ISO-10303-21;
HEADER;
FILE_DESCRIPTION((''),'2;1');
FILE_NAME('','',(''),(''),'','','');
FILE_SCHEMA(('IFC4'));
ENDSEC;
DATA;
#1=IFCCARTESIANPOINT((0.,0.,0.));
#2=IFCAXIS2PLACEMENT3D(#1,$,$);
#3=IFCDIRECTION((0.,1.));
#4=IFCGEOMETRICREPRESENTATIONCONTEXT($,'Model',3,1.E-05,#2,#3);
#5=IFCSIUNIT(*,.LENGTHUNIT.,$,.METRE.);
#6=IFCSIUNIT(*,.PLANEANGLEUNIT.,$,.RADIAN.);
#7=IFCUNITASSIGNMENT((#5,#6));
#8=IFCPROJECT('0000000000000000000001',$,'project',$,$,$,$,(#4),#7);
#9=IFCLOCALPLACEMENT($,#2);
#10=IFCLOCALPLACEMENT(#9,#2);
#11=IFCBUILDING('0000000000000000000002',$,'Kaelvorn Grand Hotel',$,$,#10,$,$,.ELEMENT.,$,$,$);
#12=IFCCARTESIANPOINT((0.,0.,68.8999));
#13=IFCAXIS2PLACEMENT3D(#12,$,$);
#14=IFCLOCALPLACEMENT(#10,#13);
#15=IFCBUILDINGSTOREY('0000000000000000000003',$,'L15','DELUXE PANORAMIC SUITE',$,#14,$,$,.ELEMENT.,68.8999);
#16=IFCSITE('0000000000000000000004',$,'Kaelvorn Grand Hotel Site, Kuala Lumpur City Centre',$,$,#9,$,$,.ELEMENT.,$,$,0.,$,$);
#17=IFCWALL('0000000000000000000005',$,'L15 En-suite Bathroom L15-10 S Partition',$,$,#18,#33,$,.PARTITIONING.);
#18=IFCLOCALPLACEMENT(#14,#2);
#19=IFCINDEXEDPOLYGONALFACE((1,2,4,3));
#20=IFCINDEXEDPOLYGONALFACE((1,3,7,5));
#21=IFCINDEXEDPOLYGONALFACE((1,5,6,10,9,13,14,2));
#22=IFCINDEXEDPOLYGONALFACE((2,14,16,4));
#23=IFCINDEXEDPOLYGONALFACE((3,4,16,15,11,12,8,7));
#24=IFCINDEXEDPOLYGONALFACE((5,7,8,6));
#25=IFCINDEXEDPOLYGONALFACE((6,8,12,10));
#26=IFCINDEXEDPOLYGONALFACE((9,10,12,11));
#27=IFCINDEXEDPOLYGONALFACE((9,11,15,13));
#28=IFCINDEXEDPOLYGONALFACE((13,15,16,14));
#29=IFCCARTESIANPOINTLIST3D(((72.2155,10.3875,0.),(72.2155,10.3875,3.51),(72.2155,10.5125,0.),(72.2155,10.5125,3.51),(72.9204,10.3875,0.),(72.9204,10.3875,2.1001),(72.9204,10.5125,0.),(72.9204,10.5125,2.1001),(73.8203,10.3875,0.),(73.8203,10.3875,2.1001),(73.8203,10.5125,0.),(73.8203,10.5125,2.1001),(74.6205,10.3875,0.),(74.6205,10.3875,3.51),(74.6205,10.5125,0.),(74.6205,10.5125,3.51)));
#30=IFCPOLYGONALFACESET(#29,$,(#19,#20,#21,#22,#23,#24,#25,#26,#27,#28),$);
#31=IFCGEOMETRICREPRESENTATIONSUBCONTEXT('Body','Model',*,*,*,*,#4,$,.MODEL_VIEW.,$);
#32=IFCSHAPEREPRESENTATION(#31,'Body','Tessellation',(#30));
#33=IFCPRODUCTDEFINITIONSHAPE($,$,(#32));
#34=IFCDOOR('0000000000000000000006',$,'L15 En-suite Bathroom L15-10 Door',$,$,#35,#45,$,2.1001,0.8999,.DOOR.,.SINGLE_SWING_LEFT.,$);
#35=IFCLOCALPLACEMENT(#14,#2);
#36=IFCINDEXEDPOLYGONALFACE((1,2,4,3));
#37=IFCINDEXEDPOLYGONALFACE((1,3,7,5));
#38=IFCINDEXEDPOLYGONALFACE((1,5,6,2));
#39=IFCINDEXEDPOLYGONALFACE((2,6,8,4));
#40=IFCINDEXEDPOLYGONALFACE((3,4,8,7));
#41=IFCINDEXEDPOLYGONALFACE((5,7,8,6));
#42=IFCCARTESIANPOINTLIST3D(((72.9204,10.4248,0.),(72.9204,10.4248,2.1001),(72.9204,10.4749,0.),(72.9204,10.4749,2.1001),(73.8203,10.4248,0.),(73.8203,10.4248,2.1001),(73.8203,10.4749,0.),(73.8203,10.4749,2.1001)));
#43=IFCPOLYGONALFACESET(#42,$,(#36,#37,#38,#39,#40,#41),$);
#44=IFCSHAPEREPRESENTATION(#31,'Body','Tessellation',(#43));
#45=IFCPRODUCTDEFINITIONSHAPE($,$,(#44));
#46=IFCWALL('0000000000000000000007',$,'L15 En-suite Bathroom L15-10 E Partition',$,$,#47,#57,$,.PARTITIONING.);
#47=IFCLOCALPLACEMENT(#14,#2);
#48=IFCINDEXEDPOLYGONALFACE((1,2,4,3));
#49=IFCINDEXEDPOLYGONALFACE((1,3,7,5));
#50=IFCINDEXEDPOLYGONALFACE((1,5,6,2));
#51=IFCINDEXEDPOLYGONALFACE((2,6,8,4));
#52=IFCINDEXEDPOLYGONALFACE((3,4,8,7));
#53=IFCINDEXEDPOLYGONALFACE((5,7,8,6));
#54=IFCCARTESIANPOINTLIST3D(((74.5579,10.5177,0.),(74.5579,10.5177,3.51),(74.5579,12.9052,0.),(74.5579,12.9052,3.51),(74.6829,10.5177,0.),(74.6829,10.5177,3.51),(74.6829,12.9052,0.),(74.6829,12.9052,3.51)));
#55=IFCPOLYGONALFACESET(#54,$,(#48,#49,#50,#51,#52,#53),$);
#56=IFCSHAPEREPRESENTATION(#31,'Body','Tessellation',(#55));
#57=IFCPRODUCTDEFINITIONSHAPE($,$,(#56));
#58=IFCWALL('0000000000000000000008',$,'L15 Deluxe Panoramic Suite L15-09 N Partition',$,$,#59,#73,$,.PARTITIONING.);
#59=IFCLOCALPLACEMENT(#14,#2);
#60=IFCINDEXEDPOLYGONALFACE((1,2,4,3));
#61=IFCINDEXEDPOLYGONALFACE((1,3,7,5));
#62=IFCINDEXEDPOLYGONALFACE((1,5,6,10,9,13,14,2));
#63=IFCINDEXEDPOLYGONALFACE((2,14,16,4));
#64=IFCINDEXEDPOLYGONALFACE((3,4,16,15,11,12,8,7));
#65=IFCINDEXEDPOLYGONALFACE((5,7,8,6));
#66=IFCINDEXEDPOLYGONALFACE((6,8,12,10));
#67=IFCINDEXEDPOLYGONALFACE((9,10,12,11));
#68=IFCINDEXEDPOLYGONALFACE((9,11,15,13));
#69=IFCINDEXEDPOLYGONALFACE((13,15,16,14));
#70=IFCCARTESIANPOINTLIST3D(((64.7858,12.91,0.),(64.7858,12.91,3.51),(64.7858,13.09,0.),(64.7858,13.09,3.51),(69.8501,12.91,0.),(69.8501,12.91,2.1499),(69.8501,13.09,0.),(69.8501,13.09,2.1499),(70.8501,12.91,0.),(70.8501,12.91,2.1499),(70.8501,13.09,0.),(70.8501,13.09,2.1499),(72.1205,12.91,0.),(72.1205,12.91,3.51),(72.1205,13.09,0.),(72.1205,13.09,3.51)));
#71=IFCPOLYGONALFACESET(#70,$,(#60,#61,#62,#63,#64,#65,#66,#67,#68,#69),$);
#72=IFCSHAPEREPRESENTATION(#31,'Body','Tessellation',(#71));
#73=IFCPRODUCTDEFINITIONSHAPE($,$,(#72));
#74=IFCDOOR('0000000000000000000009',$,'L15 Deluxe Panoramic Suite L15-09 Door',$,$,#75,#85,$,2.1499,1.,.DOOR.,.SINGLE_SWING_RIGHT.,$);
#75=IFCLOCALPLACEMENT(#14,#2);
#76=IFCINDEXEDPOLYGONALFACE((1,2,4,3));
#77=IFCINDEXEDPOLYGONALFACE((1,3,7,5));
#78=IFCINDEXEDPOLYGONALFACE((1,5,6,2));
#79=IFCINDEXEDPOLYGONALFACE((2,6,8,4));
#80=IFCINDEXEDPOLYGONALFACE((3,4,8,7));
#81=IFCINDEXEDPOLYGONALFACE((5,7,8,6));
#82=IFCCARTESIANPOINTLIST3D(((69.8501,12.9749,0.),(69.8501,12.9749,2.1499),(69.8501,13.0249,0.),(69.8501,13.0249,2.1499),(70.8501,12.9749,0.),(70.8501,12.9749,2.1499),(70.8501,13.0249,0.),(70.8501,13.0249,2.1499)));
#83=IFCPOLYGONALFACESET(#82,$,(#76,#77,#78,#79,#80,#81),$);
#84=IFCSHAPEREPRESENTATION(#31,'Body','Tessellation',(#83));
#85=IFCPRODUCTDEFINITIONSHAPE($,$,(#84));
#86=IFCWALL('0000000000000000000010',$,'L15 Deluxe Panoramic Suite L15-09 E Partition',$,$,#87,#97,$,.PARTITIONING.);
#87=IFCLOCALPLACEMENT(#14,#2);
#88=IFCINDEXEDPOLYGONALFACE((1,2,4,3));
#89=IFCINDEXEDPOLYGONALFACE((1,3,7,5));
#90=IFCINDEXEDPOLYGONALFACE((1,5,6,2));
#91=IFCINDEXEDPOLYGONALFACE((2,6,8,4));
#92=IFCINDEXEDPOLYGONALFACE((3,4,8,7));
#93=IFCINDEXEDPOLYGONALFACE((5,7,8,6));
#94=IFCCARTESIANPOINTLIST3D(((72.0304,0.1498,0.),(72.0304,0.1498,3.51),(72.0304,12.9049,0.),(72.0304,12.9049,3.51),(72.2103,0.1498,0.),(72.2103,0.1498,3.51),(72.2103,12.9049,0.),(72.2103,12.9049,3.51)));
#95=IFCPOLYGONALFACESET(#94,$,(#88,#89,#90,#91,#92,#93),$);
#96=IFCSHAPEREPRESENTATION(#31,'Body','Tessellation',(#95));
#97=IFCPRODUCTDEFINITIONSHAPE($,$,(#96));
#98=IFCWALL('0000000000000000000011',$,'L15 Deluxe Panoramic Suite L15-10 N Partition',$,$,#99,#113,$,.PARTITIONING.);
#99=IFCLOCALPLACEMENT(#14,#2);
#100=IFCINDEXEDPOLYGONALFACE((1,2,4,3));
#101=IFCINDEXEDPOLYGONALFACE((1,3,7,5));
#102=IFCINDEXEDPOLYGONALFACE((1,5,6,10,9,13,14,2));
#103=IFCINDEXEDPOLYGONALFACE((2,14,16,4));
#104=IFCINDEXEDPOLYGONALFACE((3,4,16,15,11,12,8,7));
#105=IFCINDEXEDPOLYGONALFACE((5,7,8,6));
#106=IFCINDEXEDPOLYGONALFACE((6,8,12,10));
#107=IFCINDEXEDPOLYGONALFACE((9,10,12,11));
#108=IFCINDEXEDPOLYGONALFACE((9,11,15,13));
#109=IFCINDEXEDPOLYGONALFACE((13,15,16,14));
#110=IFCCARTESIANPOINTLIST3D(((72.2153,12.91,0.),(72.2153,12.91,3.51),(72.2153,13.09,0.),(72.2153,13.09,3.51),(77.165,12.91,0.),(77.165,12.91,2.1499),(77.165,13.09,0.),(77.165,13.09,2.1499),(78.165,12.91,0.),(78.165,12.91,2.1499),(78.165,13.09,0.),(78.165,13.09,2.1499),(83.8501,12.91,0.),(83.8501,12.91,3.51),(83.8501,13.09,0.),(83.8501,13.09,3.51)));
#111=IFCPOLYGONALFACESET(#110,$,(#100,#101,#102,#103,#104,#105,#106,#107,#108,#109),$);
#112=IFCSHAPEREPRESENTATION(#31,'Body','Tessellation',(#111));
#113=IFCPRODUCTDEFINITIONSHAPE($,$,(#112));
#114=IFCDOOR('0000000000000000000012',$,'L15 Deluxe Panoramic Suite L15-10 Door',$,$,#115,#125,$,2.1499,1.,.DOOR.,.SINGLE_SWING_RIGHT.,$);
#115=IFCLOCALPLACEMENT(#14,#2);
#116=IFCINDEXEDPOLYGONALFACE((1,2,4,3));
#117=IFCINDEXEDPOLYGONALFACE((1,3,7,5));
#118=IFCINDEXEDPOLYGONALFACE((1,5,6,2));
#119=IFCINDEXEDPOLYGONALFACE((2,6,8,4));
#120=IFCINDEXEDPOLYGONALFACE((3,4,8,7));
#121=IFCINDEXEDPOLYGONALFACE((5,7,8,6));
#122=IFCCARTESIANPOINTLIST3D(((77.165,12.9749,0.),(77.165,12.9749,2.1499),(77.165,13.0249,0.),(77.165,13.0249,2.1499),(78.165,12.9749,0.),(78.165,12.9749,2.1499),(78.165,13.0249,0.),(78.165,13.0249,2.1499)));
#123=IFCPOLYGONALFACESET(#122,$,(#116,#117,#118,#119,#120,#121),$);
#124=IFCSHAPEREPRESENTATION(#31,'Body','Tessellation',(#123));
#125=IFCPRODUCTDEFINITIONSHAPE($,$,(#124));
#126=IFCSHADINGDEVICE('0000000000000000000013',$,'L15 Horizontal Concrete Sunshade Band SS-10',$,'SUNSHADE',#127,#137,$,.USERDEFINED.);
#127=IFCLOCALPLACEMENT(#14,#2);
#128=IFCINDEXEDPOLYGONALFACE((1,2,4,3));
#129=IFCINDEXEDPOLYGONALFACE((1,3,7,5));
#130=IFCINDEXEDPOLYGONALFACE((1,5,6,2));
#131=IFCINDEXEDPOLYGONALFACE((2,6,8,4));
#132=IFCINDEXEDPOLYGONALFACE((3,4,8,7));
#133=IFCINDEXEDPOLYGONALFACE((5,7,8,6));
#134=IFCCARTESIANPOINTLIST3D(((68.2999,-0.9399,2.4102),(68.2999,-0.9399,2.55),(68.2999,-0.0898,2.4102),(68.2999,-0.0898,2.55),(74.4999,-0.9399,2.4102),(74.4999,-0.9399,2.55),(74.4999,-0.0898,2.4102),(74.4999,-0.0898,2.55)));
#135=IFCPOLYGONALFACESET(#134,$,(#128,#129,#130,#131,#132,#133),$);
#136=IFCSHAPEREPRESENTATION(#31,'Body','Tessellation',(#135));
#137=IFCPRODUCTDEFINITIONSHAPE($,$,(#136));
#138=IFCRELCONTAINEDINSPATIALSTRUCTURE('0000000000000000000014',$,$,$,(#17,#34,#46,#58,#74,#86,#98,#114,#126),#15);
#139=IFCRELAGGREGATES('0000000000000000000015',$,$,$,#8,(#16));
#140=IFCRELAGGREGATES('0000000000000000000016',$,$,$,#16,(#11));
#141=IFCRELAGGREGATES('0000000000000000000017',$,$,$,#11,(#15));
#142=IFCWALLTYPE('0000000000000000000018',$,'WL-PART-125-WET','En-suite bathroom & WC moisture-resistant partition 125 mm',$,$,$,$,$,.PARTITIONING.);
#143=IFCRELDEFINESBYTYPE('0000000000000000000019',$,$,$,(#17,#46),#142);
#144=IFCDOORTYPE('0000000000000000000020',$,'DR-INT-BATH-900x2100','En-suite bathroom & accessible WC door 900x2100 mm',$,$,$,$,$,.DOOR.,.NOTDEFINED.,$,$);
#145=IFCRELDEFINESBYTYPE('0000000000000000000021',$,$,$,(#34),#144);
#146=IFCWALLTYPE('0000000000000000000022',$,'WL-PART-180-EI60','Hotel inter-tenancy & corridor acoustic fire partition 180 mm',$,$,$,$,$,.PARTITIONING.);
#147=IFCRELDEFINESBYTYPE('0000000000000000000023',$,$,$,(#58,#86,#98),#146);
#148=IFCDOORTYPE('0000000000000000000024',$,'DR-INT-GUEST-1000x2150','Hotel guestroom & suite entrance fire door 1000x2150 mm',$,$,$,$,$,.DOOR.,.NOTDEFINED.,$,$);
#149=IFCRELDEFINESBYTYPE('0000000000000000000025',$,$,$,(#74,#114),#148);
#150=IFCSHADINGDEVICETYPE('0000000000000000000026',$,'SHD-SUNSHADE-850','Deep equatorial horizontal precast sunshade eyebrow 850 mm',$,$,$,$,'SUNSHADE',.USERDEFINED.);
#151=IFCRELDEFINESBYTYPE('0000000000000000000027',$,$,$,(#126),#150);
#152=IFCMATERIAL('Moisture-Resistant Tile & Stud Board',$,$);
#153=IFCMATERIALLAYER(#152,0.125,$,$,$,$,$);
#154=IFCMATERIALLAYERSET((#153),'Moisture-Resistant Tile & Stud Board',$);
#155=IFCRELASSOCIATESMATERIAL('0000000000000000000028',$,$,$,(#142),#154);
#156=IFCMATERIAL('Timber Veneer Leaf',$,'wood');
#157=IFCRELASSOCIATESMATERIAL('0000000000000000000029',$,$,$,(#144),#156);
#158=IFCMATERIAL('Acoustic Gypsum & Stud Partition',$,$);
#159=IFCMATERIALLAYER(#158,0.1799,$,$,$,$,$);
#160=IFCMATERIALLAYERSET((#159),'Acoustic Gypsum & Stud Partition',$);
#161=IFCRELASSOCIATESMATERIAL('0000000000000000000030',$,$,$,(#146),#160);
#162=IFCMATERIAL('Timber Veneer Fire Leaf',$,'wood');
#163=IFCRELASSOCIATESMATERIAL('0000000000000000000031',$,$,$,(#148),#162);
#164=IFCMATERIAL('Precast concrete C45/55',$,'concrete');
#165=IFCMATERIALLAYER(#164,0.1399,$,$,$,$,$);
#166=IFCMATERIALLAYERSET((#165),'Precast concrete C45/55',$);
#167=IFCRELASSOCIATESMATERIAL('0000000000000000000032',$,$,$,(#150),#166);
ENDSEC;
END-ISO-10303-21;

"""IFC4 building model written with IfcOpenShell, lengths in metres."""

from ifc_helpers import new_model, si_unit, direction, frame, frame_2d, origin, origin_2d, place, context, subcontext, project, spatial, rectangle, extrude, material, layer, layer_set, type_object, element, fill, save


model = new_model("IFC4")

# Units and contexts
model_context = context("Model", 3, precision=1e-05, world=origin(), true_north=direction((0.0, 1.0)))
body_context = subcontext(model_context, "Body", "Model", "MODEL_VIEW")
ifc_project = project(units=[si_unit("LENGTHUNIT", "METRE"), si_unit("PLANEANGLEUNIT", "RADIAN")], contexts=[model_context])

# Site, building, storey
site_placement = place(None, origin())
site = spatial("IfcSite", under=ifc_project, at=site_placement, Name="Kaelvorn Grand Hotel Site, Kuala Lumpur City Centre", CompositionType="ELEMENT", RefElevation=0.0)
building_placement = place(site_placement, origin())
building = spatial("IfcBuilding", under=site, at=building_placement, Name="Kaelvorn Grand Hotel", CompositionType="ELEMENT")
storey_placement = place(building_placement, frame((0.0, 0.0, 68.8999)))
storey = spatial("IfcBuildingStorey", under=building, at=storey_placement, Name="L15", Description="DELUXE PANORAMIC SUITE", CompositionType="ELEMENT", Elevation=68.8999)

# Shared definitions
ifc_material_1 = material(Name="Moisture-Resistant Tile & Stud Board")
ifc_layer_1 = layer(ifc_material_1, 0.125)
ifc_layer_set_1 = layer_set([ifc_layer_1], Name="Moisture-Resistant Tile & Stud Board")
wall_type_1 = type_object("IfcWallType", Name="WL-PART-125-WET", Description="En-suite bathroom & WC moisture-resistant partition 125 mm", PredefinedType="PARTITIONING", material=ifc_layer_set_1)
ifc_material_2 = material(Name="Timber Veneer Leaf", Category="wood")
door_type_1 = type_object("IfcDoorType", Name="DR-INT-BATH-900x2100", Description="En-suite bathroom & accessible WC door 900x2100 mm", OperationType="NOTDEFINED", PredefinedType="DOOR", material=ifc_material_2)

# Wall, opening, door
wall_1_placement = place(storey_placement, frame((72.2153, 10.45, 0.0), z_axis=(0.0, 0.0, 1.0), x_axis=(1.0, 0.0, 0.0)))
wall_1 = element("IfcWall", 1, at=wall_1_placement, inside=storey, type_object=wall_type_1, Name="L15 En-suite Bathroom L15-10 S Partition", PredefinedType="PARTITIONING", context=body_context, shape_type="SweptSolid", body=[
    extrude(rectangle(XDim=2.405, YDim=0.125, at=frame_2d((1.2026, 0.0))), origin(), (0.0, 0.0, 1.0), 3.51),
])
opening_1_placement = place(wall_1_placement, frame((0.7051, 0.0, 0.0)))
opening_1 = element("IfcOpeningElement", 2, at=opening_1_placement, cuts=wall_1, PredefinedType="OPENING", context=body_context, shape_type="SweptSolid", body=[
    extrude(rectangle(XDim=0.8999, YDim=2.1001, at=frame_2d((0.45, 1.05))), frame((0.0, 0.0725, 0.0), z_axis=(0.0, -1.0, 0.0), x_axis=(1.0, 0.0, 0.0)), (0.0, 0.0, 1.0), 0.145),
])
door_1_placement = place(opening_1_placement, origin())
door_1 = element("IfcDoor", 3, at=door_1_placement, inside=storey, type_object=door_type_1, Name="L15 En-suite Bathroom L15-10 Door", OperationType="SINGLE_SWING_LEFT", OverallHeight=2.1001, OverallWidth=0.8999, PredefinedType="DOOR", context=body_context, shape_type="SweptSolid", body=[
    extrude(rectangle(XDim=0.8999, YDim=2.1001, at=frame_2d((0.45, 1.05))), frame((0.0, 0.0249, 0.0), z_axis=(0.0, -1.0, 0.0), x_axis=(1.0, 0.0, 0.0)), (0.0, 0.0, 1.0), 0.05),
])
fill(opening_1, door_1)

# Wall
wall_2_placement = place(storey_placement, frame((74.6204, 10.5176, 0.0), z_axis=(0.0, 0.0, 1.0), x_axis=(0.0, 1.0, 0.0)))
element("IfcWall", 4, at=wall_2_placement, inside=storey, type_object=wall_type_1, Name="L15 En-suite Bathroom L15-10 E Partition", PredefinedType="PARTITIONING", context=body_context, shape_type="SweptSolid", body=[
    extrude(rectangle(XDim=2.3875, YDim=0.125, at=frame_2d((1.1938, 0.0))), origin(), (0.0, 0.0, 1.0), 3.51),
])

# Wall, opening, door
ifc_material_3 = material(Name="Acoustic Gypsum & Stud Partition")
ifc_layer_2 = layer(ifc_material_3, 0.1799)
ifc_layer_set_2 = layer_set([ifc_layer_2], Name="Acoustic Gypsum & Stud Partition")
wall_type_2 = type_object("IfcWallType", Name="WL-PART-180-EI60", Description="Hotel inter-tenancy & corridor acoustic fire partition 180 mm", PredefinedType="PARTITIONING", material=ifc_layer_set_2)
wall_3_placement = place(storey_placement, frame((64.7856, 13.0, 0.0), z_axis=(0.0, 0.0, 1.0), x_axis=(1.0, 0.0, 0.0)))
wall_3 = element("IfcWall", 5, at=wall_3_placement, inside=storey, type_object=wall_type_2, Name="L15 Deluxe Panoramic Suite L15-09 N Partition", PredefinedType="PARTITIONING", context=body_context, shape_type="SweptSolid", body=[
    extrude(rectangle(XDim=7.3347, YDim=0.1799, at=frame_2d((3.6675, 0.0))), origin(), (0.0, 0.0, 1.0), 3.51),
])
opening_2_placement = place(wall_3_placement, frame((5.0645, 0.0, 0.0)))
opening_2 = element("IfcOpeningElement", 6, at=opening_2_placement, cuts=wall_3, PredefinedType="OPENING", context=body_context, shape_type="SweptSolid", body=[
    extrude(rectangle(XDim=1.0, YDim=2.1499, at=frame_2d((0.5, 1.075))), frame((0.0, 0.1001, 0.0), z_axis=(0.0, -1.0, 0.0), x_axis=(1.0, 0.0, 0.0)), (0.0, 0.0, 1.0), 0.2),
])
ifc_material_4 = material(Name="Timber Veneer Fire Leaf", Category="wood")
door_type_2 = type_object("IfcDoorType", Name="DR-INT-GUEST-1000x2150", Description="Hotel guestroom & suite entrance fire door 1000x2150 mm", OperationType="NOTDEFINED", PredefinedType="DOOR", material=ifc_material_4)
door_2_placement = place(opening_2_placement, origin())
door_2 = element("IfcDoor", 7, at=door_2_placement, inside=storey, type_object=door_type_2, Name="L15 Deluxe Panoramic Suite L15-09 Door", OperationType="SINGLE_SWING_RIGHT", OverallHeight=2.1499, OverallWidth=1.0, PredefinedType="DOOR", context=body_context, shape_type="SweptSolid", body=[
    extrude(rectangle(XDim=1.0, YDim=2.1499, at=frame_2d((0.5, 1.075))), frame((0.0, 0.0249, 0.0), z_axis=(0.0, -1.0, 0.0), x_axis=(1.0, 0.0, 0.0)), (0.0, 0.0, 1.0), 0.05),
])
fill(opening_2, door_2)

# Wall
wall_4_placement = place(storey_placement, frame((72.1204, 0.1499, 0.0), z_axis=(0.0, 0.0, 1.0), x_axis=(0.0, 1.0, 0.0)))
element("IfcWall", 8, at=wall_4_placement, inside=storey, type_object=wall_type_2, Name="L15 Deluxe Panoramic Suite L15-09 E Partition", PredefinedType="PARTITIONING", context=body_context, shape_type="SweptSolid", body=[
    extrude(rectangle(XDim=12.7551, YDim=0.1799, at=frame_2d((6.3774, 0.0))), origin(), (0.0, 0.0, 1.0), 3.51),
])

# Wall, opening, door
wall_5_placement = place(storey_placement, frame((72.2153, 13.0, 0.0), z_axis=(0.0, 0.0, 1.0), x_axis=(1.0, 0.0, 0.0)))
wall_5 = element("IfcWall", 9, at=wall_5_placement, inside=storey, type_object=wall_type_2, Name="L15 Deluxe Panoramic Suite L15-10 N Partition", PredefinedType="PARTITIONING", context=body_context, shape_type="SweptSolid", body=[
    extrude(rectangle(XDim=11.6348, YDim=0.1799, at=frame_2d((5.8174, 0.0))), origin(), (0.0, 0.0, 1.0), 3.51),
])
opening_3_placement = place(wall_5_placement, frame((4.9497, 0.0, 0.0)))
opening_3 = element("IfcOpeningElement", 10, at=opening_3_placement, cuts=wall_5, PredefinedType="OPENING", context=body_context, shape_type="SweptSolid", body=[
    extrude(rectangle(XDim=1.0, YDim=2.1499, at=frame_2d((0.5, 1.075))), frame((0.0, 0.1001, 0.0), z_axis=(0.0, -1.0, 0.0), x_axis=(1.0, 0.0, 0.0)), (0.0, 0.0, 1.0), 0.2),
])
door_3_placement = place(opening_3_placement, origin())
door_3 = element("IfcDoor", 11, at=door_3_placement, inside=storey, type_object=door_type_2, Name="L15 Deluxe Panoramic Suite L15-10 Door", OperationType="SINGLE_SWING_RIGHT", OverallHeight=2.1499, OverallWidth=1.0, PredefinedType="DOOR", context=body_context, shape_type="SweptSolid", body=[
    extrude(rectangle(XDim=1.0, YDim=2.1499, at=frame_2d((0.5, 1.075))), frame((0.0, 0.0249, 0.0), z_axis=(0.0, -1.0, 0.0), x_axis=(1.0, 0.0, 0.0)), (0.0, 0.0, 1.0), 0.05),
])
fill(opening_3, door_3)

# Shading device
ifc_material_5 = material(Name="Precast concrete C45/55", Category="concrete")
ifc_layer_3 = layer(ifc_material_5, 0.1399)
ifc_layer_set_3 = layer_set([ifc_layer_3], Name="Precast concrete C45/55")
shading_device_type = type_object("IfcShadingDeviceType", Name="SHD-SUNSHADE-850", Description="Deep equatorial horizontal precast sunshade eyebrow 850 mm", ElementType="SUNSHADE", PredefinedType="USERDEFINED", material=ifc_layer_set_3)
shading_device_placement = place(storey_placement, frame((71.3999, -0.5149, 2.4102), z_axis=(0.0, 0.0, 1.0), x_axis=(1.0, 0.0, 0.0)))
element("IfcShadingDevice", 12, at=shading_device_placement, inside=storey, type_object=shading_device_type, Name="L15 Horizontal Concrete Sunshade Band SS-10", ObjectType="SUNSHADE", PredefinedType="USERDEFINED", context=body_context, shape_type="SweptSolid", body=[
    extrude(rectangle(XDim=6.2, YDim=0.8501, at=origin_2d()), origin(), (0.0, 0.0, 1.0), 0.1399),
])

save(model, "model.ifc")
